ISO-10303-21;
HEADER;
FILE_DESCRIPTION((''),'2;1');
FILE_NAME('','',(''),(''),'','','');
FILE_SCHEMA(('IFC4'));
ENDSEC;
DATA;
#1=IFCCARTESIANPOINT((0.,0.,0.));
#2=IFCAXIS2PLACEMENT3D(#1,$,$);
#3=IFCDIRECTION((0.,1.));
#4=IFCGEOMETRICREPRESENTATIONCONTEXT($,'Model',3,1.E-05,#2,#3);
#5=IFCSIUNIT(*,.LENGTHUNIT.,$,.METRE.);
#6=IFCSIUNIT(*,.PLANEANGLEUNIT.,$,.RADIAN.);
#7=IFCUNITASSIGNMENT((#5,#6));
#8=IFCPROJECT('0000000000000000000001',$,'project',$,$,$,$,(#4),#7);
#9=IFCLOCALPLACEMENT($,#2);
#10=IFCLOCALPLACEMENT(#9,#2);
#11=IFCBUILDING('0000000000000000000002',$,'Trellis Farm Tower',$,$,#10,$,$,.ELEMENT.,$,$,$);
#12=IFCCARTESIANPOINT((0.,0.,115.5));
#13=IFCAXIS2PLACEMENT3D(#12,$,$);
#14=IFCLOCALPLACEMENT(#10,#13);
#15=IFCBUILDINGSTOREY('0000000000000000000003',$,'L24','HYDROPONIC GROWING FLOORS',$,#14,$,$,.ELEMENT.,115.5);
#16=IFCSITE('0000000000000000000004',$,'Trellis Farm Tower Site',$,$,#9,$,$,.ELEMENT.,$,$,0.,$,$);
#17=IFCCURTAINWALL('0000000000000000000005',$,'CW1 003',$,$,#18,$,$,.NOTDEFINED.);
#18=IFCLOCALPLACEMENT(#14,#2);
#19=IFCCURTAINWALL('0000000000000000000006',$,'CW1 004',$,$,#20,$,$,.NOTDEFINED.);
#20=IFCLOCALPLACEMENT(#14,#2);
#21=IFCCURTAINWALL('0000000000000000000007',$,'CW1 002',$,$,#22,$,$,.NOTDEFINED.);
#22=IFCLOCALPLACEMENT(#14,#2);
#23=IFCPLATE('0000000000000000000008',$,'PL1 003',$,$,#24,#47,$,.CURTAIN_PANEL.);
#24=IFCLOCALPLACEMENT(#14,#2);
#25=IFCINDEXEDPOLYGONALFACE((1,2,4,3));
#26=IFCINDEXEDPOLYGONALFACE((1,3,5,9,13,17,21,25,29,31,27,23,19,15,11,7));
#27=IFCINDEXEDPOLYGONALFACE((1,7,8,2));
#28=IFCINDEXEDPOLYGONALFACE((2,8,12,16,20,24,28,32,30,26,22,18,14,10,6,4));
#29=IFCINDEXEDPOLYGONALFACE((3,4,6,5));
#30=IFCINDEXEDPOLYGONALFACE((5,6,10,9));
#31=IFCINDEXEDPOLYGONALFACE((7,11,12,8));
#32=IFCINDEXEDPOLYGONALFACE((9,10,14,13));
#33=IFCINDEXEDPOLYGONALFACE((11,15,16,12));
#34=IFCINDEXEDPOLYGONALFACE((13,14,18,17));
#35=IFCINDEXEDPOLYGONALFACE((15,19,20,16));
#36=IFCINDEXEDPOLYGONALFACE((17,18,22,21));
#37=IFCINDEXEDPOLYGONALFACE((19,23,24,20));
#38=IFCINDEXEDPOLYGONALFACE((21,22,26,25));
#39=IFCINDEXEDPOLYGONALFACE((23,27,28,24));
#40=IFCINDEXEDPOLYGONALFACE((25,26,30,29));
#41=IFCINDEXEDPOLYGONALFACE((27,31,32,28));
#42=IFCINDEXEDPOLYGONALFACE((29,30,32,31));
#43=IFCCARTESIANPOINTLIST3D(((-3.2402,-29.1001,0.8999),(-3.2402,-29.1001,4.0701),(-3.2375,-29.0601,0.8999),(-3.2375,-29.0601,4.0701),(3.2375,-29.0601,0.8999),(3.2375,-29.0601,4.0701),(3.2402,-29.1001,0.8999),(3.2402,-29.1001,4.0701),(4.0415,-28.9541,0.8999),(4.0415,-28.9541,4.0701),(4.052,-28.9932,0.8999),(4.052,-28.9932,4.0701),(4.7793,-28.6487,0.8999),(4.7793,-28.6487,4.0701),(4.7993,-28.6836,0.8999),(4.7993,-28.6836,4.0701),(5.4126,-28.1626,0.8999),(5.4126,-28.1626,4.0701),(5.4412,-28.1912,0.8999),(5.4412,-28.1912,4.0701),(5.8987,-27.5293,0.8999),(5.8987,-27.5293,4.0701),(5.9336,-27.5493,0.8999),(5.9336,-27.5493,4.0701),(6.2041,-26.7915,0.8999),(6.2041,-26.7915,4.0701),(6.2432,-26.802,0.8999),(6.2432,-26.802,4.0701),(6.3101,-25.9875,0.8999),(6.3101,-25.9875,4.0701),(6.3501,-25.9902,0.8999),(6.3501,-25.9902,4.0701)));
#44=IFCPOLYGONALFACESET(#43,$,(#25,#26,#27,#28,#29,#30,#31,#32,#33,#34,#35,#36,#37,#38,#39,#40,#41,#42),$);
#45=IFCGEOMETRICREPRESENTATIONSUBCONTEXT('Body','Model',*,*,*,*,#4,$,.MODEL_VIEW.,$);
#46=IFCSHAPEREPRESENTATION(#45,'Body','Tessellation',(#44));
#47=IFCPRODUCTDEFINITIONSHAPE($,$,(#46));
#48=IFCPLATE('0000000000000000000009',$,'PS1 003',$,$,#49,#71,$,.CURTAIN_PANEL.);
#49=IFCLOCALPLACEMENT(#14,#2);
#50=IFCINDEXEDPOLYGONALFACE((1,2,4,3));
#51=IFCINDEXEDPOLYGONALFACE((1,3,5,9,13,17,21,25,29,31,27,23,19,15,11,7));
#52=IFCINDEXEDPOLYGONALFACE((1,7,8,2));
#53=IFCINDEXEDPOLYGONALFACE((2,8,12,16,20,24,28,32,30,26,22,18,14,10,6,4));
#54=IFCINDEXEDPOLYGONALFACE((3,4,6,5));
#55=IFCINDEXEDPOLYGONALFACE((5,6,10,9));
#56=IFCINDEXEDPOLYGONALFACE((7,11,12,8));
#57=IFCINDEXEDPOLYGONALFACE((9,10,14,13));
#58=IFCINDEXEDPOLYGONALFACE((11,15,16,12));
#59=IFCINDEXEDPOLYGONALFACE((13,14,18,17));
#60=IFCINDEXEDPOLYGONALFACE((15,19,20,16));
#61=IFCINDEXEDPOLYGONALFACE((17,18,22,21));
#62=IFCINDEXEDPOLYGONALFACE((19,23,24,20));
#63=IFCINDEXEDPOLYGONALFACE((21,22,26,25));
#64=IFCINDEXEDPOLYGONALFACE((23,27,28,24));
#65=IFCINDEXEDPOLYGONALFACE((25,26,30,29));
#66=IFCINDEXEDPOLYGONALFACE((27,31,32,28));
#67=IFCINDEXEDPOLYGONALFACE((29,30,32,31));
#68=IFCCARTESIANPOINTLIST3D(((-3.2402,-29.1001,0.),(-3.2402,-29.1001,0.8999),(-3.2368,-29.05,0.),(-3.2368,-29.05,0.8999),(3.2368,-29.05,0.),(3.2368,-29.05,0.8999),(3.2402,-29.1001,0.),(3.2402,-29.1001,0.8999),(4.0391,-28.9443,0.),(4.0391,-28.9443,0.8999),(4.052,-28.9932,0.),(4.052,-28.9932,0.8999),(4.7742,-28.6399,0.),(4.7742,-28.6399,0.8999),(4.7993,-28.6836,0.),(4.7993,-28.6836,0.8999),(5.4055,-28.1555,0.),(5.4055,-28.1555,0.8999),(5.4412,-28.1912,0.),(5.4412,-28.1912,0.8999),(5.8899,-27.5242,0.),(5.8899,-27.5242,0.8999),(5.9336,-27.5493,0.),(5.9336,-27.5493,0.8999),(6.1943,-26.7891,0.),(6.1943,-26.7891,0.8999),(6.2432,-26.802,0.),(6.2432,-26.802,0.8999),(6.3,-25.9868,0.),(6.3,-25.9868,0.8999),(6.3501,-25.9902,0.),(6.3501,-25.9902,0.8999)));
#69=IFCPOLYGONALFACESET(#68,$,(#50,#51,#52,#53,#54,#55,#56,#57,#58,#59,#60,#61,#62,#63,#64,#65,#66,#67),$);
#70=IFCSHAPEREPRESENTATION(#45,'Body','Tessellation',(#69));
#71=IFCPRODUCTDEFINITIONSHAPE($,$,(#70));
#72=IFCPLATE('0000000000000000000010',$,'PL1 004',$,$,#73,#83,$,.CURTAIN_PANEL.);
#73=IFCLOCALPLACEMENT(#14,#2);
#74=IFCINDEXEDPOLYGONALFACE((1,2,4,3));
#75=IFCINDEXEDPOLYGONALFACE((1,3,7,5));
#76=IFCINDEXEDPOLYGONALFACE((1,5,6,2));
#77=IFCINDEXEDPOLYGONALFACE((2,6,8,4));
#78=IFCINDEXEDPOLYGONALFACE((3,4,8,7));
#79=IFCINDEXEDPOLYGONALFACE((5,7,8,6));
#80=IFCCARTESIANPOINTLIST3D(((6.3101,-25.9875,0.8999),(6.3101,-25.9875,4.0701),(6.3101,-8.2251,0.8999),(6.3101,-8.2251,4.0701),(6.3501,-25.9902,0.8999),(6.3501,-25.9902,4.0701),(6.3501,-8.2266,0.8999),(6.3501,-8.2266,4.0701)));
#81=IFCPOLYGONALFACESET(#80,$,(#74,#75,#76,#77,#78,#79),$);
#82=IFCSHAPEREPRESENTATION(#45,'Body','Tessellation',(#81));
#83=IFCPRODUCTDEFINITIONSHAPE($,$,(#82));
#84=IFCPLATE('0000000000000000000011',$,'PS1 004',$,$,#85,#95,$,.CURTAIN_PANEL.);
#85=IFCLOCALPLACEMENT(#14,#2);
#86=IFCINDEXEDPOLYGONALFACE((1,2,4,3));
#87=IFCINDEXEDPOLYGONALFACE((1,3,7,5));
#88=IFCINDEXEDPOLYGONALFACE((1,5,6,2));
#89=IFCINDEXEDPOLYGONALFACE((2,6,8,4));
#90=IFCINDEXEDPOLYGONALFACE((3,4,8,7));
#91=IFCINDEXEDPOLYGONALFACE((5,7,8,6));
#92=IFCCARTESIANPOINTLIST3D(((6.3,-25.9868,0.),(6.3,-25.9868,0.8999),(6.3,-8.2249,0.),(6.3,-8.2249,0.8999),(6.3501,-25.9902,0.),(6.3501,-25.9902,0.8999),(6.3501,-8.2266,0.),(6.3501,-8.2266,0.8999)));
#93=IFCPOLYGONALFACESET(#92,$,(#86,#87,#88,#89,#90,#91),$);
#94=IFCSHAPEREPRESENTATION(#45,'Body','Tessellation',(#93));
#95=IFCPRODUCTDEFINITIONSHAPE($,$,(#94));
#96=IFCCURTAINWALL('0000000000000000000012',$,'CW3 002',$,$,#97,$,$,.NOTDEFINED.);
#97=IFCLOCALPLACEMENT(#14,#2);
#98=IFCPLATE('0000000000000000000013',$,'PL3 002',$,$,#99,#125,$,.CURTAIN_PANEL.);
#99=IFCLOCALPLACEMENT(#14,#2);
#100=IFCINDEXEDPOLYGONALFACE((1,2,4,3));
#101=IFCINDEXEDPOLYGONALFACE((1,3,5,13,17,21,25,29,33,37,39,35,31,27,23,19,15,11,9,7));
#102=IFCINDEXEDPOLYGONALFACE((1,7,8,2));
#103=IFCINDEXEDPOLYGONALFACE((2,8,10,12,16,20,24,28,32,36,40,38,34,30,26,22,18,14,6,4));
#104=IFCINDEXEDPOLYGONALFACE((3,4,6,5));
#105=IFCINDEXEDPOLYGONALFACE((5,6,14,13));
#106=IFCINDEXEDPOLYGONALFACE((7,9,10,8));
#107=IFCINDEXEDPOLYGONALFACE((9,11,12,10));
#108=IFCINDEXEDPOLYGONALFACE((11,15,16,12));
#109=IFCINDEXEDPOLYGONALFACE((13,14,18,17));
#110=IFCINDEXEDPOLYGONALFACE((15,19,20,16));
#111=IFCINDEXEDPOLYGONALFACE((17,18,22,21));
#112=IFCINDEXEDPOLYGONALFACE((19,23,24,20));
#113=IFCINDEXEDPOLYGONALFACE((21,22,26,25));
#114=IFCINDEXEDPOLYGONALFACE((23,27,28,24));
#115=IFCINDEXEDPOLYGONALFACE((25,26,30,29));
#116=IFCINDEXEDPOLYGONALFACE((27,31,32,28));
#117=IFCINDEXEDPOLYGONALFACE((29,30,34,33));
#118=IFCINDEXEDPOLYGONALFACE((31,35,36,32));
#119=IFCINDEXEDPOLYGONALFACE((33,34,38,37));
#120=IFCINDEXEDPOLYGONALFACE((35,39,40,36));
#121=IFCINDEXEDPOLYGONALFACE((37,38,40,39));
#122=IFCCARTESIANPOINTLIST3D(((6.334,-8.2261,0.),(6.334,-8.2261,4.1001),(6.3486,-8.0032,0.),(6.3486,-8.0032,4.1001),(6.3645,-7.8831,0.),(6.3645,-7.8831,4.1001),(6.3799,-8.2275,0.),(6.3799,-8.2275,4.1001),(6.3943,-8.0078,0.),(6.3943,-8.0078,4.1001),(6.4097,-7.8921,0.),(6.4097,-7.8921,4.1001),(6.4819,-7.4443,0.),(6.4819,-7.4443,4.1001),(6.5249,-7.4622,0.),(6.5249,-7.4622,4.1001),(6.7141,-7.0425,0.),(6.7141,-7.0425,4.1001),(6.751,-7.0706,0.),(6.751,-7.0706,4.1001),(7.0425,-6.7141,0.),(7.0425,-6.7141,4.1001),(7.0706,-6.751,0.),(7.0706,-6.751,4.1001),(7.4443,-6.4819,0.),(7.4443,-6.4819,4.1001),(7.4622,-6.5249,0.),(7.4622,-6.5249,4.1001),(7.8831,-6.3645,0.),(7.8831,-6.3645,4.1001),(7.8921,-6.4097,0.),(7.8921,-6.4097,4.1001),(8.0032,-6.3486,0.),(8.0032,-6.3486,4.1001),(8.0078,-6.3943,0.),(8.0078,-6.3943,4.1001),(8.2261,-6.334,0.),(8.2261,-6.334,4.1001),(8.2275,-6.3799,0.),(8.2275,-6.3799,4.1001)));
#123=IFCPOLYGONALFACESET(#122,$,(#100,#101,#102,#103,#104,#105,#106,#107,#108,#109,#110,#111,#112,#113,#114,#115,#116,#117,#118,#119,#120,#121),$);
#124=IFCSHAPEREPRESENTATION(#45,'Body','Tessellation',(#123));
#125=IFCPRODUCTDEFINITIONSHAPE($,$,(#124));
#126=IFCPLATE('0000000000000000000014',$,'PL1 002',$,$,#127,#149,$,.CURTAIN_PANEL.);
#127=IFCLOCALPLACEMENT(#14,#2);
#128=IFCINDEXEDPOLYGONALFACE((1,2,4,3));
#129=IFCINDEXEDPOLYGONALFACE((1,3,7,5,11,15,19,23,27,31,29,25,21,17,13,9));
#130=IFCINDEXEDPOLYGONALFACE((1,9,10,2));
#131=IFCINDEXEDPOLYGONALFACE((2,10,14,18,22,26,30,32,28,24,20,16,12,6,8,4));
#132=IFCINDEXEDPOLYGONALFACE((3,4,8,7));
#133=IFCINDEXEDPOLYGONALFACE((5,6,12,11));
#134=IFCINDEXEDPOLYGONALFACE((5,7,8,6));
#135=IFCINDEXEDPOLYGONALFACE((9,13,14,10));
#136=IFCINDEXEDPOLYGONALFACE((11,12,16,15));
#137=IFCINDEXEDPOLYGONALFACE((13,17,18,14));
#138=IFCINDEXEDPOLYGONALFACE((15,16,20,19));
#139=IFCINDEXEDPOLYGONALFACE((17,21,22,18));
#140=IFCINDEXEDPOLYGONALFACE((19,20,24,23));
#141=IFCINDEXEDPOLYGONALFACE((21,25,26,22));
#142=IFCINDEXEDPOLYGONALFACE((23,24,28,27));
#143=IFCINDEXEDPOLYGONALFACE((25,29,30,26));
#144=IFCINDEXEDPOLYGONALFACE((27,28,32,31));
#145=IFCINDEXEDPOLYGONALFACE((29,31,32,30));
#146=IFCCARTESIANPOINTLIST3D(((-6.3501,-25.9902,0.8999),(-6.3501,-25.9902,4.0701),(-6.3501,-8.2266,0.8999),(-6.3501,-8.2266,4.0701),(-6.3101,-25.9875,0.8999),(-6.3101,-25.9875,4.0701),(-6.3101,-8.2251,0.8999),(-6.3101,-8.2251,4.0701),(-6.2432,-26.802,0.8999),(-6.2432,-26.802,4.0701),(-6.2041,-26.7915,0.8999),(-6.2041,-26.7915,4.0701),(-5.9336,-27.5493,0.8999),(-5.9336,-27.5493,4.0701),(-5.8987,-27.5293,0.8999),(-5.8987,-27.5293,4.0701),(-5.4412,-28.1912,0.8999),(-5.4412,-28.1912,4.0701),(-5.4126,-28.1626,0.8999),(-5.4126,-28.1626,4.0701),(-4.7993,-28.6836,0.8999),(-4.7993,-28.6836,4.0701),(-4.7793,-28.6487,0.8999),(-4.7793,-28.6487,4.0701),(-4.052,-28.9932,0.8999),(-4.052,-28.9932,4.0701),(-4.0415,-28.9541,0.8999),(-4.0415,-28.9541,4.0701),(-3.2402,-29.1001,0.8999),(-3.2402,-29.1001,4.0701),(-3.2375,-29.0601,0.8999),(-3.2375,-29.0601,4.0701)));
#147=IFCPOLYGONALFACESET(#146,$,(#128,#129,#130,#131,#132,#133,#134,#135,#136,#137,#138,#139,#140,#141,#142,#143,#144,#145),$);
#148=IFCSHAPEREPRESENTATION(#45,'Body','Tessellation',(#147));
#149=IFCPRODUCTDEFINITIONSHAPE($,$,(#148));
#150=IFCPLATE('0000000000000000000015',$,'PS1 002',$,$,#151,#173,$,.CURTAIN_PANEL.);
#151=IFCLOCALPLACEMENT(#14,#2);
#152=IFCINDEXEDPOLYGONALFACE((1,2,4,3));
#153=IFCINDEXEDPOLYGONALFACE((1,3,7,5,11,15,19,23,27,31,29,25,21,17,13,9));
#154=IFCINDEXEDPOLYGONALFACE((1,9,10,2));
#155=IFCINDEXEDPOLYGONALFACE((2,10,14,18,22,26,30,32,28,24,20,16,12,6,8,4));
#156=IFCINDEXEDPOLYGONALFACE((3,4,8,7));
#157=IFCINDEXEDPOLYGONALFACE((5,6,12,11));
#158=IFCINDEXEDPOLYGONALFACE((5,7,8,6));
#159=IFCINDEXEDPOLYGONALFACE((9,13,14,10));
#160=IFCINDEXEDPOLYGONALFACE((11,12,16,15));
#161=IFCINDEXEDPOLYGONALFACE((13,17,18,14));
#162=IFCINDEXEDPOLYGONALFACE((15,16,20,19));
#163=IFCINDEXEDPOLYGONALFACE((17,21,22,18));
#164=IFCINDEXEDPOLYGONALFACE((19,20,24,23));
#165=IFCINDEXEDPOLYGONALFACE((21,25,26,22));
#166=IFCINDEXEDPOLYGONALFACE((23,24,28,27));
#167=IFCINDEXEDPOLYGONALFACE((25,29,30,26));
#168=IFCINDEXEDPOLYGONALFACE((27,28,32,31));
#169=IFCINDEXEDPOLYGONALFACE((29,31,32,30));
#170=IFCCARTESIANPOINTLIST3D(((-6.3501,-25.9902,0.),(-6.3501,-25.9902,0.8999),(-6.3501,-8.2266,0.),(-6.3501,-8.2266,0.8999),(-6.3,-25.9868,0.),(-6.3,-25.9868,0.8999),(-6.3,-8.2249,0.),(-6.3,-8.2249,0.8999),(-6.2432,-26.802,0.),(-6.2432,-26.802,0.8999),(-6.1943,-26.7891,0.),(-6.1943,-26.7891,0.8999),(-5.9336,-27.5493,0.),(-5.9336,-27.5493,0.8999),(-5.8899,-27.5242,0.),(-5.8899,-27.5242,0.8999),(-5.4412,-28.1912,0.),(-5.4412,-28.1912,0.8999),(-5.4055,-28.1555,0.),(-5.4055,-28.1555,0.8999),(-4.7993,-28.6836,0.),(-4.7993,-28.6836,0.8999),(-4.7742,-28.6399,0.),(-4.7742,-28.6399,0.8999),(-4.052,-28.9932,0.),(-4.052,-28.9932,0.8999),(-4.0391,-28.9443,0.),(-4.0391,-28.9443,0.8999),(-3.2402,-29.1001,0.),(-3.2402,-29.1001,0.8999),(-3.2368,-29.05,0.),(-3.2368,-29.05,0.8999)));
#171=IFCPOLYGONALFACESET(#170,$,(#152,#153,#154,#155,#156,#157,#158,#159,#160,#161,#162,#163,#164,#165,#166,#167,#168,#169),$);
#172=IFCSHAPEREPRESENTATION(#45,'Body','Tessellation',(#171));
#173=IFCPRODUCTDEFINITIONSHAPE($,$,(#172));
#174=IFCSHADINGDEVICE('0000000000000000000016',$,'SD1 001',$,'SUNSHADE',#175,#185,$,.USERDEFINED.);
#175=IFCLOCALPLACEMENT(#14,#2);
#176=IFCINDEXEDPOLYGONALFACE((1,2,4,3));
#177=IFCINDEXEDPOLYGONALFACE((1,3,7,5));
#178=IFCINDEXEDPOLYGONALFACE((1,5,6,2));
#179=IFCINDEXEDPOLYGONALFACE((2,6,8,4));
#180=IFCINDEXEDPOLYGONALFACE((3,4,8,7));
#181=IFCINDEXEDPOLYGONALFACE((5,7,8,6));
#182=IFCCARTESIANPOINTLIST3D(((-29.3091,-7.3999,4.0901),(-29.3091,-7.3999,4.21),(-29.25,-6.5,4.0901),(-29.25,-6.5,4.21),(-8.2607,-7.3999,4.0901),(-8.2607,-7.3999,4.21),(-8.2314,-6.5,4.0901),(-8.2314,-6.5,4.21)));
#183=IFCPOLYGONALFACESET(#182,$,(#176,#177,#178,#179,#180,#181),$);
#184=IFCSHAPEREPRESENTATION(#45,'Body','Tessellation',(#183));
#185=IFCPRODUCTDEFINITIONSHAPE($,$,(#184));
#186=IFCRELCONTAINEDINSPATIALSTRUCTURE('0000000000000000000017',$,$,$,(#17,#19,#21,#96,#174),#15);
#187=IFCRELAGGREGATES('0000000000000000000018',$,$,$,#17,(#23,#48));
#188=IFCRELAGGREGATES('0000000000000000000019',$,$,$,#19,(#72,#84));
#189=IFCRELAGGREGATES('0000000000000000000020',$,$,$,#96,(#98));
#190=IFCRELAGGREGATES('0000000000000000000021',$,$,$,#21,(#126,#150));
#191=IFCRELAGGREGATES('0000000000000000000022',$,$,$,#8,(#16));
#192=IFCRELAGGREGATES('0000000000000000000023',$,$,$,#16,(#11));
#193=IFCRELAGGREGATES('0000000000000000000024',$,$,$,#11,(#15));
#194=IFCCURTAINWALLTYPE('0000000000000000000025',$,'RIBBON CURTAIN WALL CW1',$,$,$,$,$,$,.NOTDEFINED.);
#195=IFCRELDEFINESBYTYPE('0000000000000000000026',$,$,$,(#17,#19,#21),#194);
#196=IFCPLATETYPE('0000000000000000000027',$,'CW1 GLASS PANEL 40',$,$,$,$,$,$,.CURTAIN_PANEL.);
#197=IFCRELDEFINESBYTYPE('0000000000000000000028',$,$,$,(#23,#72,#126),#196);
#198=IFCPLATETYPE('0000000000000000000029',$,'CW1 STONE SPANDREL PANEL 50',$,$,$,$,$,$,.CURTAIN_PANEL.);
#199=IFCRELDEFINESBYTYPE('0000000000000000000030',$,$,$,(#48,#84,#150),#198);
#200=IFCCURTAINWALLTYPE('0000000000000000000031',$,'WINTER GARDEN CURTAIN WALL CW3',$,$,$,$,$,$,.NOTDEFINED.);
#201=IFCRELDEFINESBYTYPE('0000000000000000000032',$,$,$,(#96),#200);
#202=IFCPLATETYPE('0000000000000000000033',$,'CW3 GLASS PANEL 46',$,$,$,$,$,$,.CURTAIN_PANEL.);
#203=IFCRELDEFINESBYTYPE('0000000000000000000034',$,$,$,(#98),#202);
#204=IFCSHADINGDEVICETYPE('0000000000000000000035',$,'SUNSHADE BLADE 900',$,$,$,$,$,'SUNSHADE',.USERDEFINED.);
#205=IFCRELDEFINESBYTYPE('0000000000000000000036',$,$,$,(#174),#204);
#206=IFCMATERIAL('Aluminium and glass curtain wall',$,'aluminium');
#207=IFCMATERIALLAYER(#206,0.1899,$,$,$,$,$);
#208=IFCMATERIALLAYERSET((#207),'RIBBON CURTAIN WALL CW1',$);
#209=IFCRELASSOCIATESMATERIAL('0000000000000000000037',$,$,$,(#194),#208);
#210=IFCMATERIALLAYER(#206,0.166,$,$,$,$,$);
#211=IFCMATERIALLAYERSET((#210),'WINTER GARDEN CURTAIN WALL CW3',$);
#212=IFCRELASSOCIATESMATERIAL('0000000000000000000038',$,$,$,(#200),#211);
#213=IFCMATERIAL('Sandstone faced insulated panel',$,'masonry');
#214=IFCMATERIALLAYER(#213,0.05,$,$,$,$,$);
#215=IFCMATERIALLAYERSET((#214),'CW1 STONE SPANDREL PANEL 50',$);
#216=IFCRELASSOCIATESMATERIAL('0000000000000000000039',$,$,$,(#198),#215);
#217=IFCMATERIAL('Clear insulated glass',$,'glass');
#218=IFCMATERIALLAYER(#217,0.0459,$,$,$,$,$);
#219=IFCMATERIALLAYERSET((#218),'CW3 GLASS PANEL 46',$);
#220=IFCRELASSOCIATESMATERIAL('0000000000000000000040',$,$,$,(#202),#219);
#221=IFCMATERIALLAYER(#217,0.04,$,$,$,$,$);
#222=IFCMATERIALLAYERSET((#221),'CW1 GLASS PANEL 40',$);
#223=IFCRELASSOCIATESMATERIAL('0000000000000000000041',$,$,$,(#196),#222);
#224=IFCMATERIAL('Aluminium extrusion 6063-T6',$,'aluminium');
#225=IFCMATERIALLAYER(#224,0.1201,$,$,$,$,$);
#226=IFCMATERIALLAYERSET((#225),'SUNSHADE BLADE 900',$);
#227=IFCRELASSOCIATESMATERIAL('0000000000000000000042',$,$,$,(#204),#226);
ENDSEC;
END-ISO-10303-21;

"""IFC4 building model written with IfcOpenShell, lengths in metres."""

from ifc_helpers import new_model, si_unit, direction, frame, origin, place, context, subcontext, project, spatial, polyline, outline, extrude, source, transform, mapped, material, layer, layer_set, type_object, element, aggregate, save


model = new_model("IFC4")

# Units and contexts
model_context = context("Model", 3, precision=1e-05, world=origin(), true_north=direction((0.0, 1.0)))
body_context = subcontext(model_context, "Body", "Model", "MODEL_VIEW")
ifc_project = project(units=[si_unit("LENGTHUNIT", "METRE"), si_unit("PLANEANGLEUNIT", "RADIAN")], contexts=[model_context])

# Site, building, storey
site_placement = place(None, origin())
site = spatial("IfcSite", under=ifc_project, at=site_placement, Name="Trellis Farm Tower Site", CompositionType="ELEMENT", RefElevation=0.0)
building_placement = place(site_placement, origin())
building = spatial("IfcBuilding", under=site, at=building_placement, Name="Trellis Farm Tower", CompositionType="ELEMENT")
storey_placement = place(building_placement, frame((0.0, 0.0, 115.5)))
storey = spatial("IfcBuildingStorey", under=building, at=storey_placement, Name="L24", Description="HYDROPONIC GROWING FLOORS", CompositionType="ELEMENT", Elevation=115.5)

# Curtain walls
ifc_material_1 = material(Name="Aluminium and glass curtain wall", Category="aluminium")
ifc_layer_1 = layer(ifc_material_1, 0.1899)
ifc_layer_set_1 = layer_set([ifc_layer_1], Name="RIBBON CURTAIN WALL CW1")
curtain_wall_type_1 = type_object("IfcCurtainWallType", Name="RIBBON CURTAIN WALL CW1", PredefinedType="NOTDEFINED", material=ifc_layer_set_1)
placement_1 = place(storey_placement, origin())
ifc_material_2 = material(Name="Aluminium extrusion 6063-T6", Category="aluminium")
ifc_layer_2 = layer(ifc_material_1, 0.166)
ifc_layer_set_2 = layer_set([ifc_layer_2], Name="WINTER GARDEN CURTAIN WALL CW3")
curtain_wall_type_2 = type_object("IfcCurtainWallType", Name="WINTER GARDEN CURTAIN WALL CW3", PredefinedType="NOTDEFINED", material=ifc_layer_set_2)
curtain_wall_1 = element("IfcCurtainWall", 1, at=placement_1, inside=storey, type_object=curtain_wall_type_1, Name="CW1 003", PredefinedType="NOTDEFINED")
curtain_wall_2 = element("IfcCurtainWall", 2, at=placement_1, inside=storey, type_object=curtain_wall_type_1, Name="CW1 004", PredefinedType="NOTDEFINED")
curtain_wall_3 = element("IfcCurtainWall", 3, at=placement_1, inside=storey, type_object=curtain_wall_type_1, Name="CW1 002", PredefinedType="NOTDEFINED")

# Plates
ifc_material_3 = material(Name="Sandstone faced insulated panel", Category="masonry")
ifc_layer_3 = layer(ifc_material_3, 0.05)
ifc_layer_set_3 = layer_set([ifc_layer_3], Name="CW1 STONE SPANDREL PANEL 50")
plate_type_1 = type_object("IfcPlateType", Name="CW1 STONE SPANDREL PANEL 50", PredefinedType="CURTAIN_PANEL", material=ifc_layer_set_3)
ifc_material_4 = material(Name="Clear insulated glass", Category="glass")
ifc_layer_4 = layer(ifc_material_4, 0.0459)
ifc_layer_set_4 = layer_set([ifc_layer_4], Name="CW3 GLASS PANEL 46")
plate_type_2 = type_object("IfcPlateType", Name="CW3 GLASS PANEL 46", PredefinedType="CURTAIN_PANEL", material=ifc_layer_set_4)
ifc_layer_5 = layer(ifc_material_4, 0.04)
ifc_layer_set_5 = layer_set([ifc_layer_5], Name="CW1 GLASS PANEL 40")
plate_type_3 = type_object("IfcPlateType", Name="CW1 GLASS PANEL 40", PredefinedType="CURTAIN_PANEL", material=ifc_layer_set_5)
shared_shape_1 = source(origin(), body_context, "Body", "SweptSolid", [
    extrude(outline(polyline([(-3.2402, -29.1001), (3.2402, -29.1001), (4.052, -28.9932), (4.7993, -28.6836), (5.4412, -28.1912), (5.9336, -27.5493), (6.2432, -26.802), (6.3501, -25.9902), (6.3101, -25.9875), (6.2041, -26.7915), (5.8987, -27.5293), (5.4126, -28.1626), (4.7793, -28.6487), (4.0415, -28.9541), (3.2375, -29.0601), (-3.2375, -29.0601), (-3.2402, -29.1001)])), origin(), (0.0, 0.0, 1.0), 3.1702),
])
placement_2 = place(storey_placement, frame((0.0, 0.0, 0.8999)))
plate_1 = element("IfcPlate", 4, at=placement_2, type_object=plate_type_3, Name="PL1 003", PredefinedType="CURTAIN_PANEL", context=body_context, shape_type="MappedRepresentation", body=[
    mapped(shared_shape_1, transform((0.0, 0.0, 0.0))),
])
shared_shape_2 = source(origin(), body_context, "Body", "SweptSolid", [
    extrude(outline(polyline([(-3.2402, -29.1001), (3.2402, -29.1001), (4.052, -28.9932), (4.7993, -28.6836), (5.4412, -28.1912), (5.9336, -27.5493), (6.2432, -26.802), (6.3501, -25.9902), (6.3, -25.9868), (6.1943, -26.7891), (5.8899, -27.5242), (5.4055, -28.1555), (4.7742, -28.6399), (4.0391, -28.9443), (3.2368, -29.05), (-3.2368, -29.05), (-3.2402, -29.1001)])), origin(), (0.0, 0.0, 1.0), 0.8999),
])
plate_2 = element("IfcPlate", 5, at=placement_1, type_object=plate_type_1, Name="PS1 003", PredefinedType="CURTAIN_PANEL", context=body_context, shape_type="MappedRepresentation", body=[
    mapped(shared_shape_2, transform((0.0, 0.0, 0.0))),
])
aggregate(curtain_wall_1, [plate_1, plate_2])
shared_shape_3 = source(origin(), body_context, "Body", "SweptSolid", [
    extrude(outline(polyline([(6.3501, -25.9902), (6.3501, -8.2266), (6.3101, -8.2251), (6.3101, -25.9875), (6.3501, -25.9902)])), origin(), (0.0, 0.0, 1.0), 3.1702),
])
plate_3 = element("IfcPlate", 6, at=placement_2, type_object=plate_type_3, Name="PL1 004", PredefinedType="CURTAIN_PANEL", context=body_context, shape_type="MappedRepresentation", body=[
    mapped(shared_shape_3, transform((0.0, 0.0, 0.0))),
])
shared_shape_4 = source(origin(), body_context, "Body", "SweptSolid", [
    extrude(outline(polyline([(6.3501, -25.9902), (6.3501, -8.2266), (6.3, -8.2249), (6.3, -25.9868), (6.3501, -25.9902)])), origin(), (0.0, 0.0, 1.0), 0.8999),
])
plate_4 = element("IfcPlate", 7, at=placement_1, type_object=plate_type_1, Name="PS1 004", PredefinedType="CURTAIN_PANEL", context=body_context, shape_type="MappedRepresentation", body=[
    mapped(shared_shape_4, transform((0.0, 0.0, 0.0))),
])
aggregate(curtain_wall_2, [plate_3, plate_4])

# Curtain wall, plate
curtain_wall_4 = element("IfcCurtainWall", 8, at=placement_1, inside=storey, type_object=curtain_wall_type_2, Name="CW3 002", PredefinedType="NOTDEFINED")
shared_shape_5 = source(origin(), body_context, "Body", "SweptSolid", [
    extrude(outline(polyline([(6.3799, -8.2275), (6.3943, -8.0078), (6.4097, -7.8921), (6.5249, -7.4622), (6.751, -7.0706), (7.0706, -6.751), (7.4622, -6.5249), (7.8921, -6.4097), (8.0078, -6.3943), (8.2275, -6.3799), (8.2261, -6.334), (8.0032, -6.3486), (7.8831, -6.3645), (7.4443, -6.4819), (7.0425, -6.7141), (6.7141, -7.0425), (6.4819, -7.4443), (6.3645, -7.8831), (6.3486, -8.0032), (6.334, -8.2261), (6.3799, -8.2275)])), origin(), (0.0, 0.0, 1.0), 4.1001),
])
plate_5 = element("IfcPlate", 9, at=placement_1, type_object=plate_type_2, Name="PL3 002", PredefinedType="CURTAIN_PANEL", context=body_context, shape_type="MappedRepresentation", body=[
    mapped(shared_shape_5, transform((0.0, 0.0, 0.0))),
])
aggregate(curtain_wall_4, [plate_5])

# Plates
shared_shape_6 = source(origin(), body_context, "Body", "SweptSolid", [
    extrude(outline(polyline([(-6.3501, -8.2266), (-6.3501, -25.9902), (-6.2432, -26.802), (-5.9336, -27.5493), (-5.4412, -28.1912), (-4.7993, -28.6836), (-4.052, -28.9932), (-3.2402, -29.1001), (-3.2375, -29.0601), (-4.0415, -28.9541), (-4.7793, -28.6487), (-5.4126, -28.1626), (-5.8987, -27.5293), (-6.2041, -26.7915), (-6.3101, -25.9875), (-6.3101, -8.2251), (-6.3501, -8.2266)])), origin(), (0.0, 0.0, 1.0), 3.1702),
])
plate_6 = element("IfcPlate", 10, at=placement_2, type_object=plate_type_3, Name="PL1 002", PredefinedType="CURTAIN_PANEL", context=body_context, shape_type="MappedRepresentation", body=[
    mapped(shared_shape_6, transform((0.0, 0.0, 0.0))),
])
shared_shape_7 = source(origin(), body_context, "Body", "SweptSolid", [
    extrude(outline(polyline([(-6.3501, -8.2266), (-6.3501, -25.9902), (-6.2432, -26.802), (-5.9336, -27.5493), (-5.4412, -28.1912), (-4.7993, -28.6836), (-4.052, -28.9932), (-3.2402, -29.1001), (-3.2368, -29.05), (-4.0391, -28.9443), (-4.7742, -28.6399), (-5.4055, -28.1555), (-5.8899, -27.5242), (-6.1943, -26.7891), (-6.3, -25.9868), (-6.3, -8.2249), (-6.3501, -8.2266)])), origin(), (0.0, 0.0, 1.0), 0.8999),
])
plate_7 = element("IfcPlate", 11, at=placement_1, type_object=plate_type_1, Name="PS1 002", PredefinedType="CURTAIN_PANEL", context=body_context, shape_type="MappedRepresentation", body=[
    mapped(shared_shape_7, transform((0.0, 0.0, 0.0))),
])
aggregate(curtain_wall_3, [plate_6, plate_7])

# Shading device
ifc_layer_6 = layer(ifc_material_2, 0.1201)
ifc_layer_set_6 = layer_set([ifc_layer_6], Name="SUNSHADE BLADE 900")
shading_device_type_1 = type_object("IfcShadingDeviceType", Name="SUNSHADE BLADE 900", ElementType="SUNSHADE", PredefinedType="USERDEFINED", material=ifc_layer_set_6)
shared_shape_8 = source(origin(), body_context, "Body", "SweptSolid", [
    extrude(outline(polyline([(-29.3091, -7.3999), (-8.2607, -7.3999), (-8.2314, -6.5), (-29.25, -6.5), (-29.3091, -7.3999)])), origin(), (0.0, 0.0, 1.0), 0.1199),
])
placement_3 = place(storey_placement, frame((0.0, 0.0, 4.0901)))
element("IfcShadingDevice", 12, at=placement_3, inside=storey, type_object=shading_device_type_1, Name="SD1 001", ObjectType="SUNSHADE", PredefinedType="USERDEFINED", context=body_context, shape_type="MappedRepresentation", body=[
    mapped(shared_shape_8, transform((0.0, 0.0, 0.0))),
])

save(model, "model.ifc")
